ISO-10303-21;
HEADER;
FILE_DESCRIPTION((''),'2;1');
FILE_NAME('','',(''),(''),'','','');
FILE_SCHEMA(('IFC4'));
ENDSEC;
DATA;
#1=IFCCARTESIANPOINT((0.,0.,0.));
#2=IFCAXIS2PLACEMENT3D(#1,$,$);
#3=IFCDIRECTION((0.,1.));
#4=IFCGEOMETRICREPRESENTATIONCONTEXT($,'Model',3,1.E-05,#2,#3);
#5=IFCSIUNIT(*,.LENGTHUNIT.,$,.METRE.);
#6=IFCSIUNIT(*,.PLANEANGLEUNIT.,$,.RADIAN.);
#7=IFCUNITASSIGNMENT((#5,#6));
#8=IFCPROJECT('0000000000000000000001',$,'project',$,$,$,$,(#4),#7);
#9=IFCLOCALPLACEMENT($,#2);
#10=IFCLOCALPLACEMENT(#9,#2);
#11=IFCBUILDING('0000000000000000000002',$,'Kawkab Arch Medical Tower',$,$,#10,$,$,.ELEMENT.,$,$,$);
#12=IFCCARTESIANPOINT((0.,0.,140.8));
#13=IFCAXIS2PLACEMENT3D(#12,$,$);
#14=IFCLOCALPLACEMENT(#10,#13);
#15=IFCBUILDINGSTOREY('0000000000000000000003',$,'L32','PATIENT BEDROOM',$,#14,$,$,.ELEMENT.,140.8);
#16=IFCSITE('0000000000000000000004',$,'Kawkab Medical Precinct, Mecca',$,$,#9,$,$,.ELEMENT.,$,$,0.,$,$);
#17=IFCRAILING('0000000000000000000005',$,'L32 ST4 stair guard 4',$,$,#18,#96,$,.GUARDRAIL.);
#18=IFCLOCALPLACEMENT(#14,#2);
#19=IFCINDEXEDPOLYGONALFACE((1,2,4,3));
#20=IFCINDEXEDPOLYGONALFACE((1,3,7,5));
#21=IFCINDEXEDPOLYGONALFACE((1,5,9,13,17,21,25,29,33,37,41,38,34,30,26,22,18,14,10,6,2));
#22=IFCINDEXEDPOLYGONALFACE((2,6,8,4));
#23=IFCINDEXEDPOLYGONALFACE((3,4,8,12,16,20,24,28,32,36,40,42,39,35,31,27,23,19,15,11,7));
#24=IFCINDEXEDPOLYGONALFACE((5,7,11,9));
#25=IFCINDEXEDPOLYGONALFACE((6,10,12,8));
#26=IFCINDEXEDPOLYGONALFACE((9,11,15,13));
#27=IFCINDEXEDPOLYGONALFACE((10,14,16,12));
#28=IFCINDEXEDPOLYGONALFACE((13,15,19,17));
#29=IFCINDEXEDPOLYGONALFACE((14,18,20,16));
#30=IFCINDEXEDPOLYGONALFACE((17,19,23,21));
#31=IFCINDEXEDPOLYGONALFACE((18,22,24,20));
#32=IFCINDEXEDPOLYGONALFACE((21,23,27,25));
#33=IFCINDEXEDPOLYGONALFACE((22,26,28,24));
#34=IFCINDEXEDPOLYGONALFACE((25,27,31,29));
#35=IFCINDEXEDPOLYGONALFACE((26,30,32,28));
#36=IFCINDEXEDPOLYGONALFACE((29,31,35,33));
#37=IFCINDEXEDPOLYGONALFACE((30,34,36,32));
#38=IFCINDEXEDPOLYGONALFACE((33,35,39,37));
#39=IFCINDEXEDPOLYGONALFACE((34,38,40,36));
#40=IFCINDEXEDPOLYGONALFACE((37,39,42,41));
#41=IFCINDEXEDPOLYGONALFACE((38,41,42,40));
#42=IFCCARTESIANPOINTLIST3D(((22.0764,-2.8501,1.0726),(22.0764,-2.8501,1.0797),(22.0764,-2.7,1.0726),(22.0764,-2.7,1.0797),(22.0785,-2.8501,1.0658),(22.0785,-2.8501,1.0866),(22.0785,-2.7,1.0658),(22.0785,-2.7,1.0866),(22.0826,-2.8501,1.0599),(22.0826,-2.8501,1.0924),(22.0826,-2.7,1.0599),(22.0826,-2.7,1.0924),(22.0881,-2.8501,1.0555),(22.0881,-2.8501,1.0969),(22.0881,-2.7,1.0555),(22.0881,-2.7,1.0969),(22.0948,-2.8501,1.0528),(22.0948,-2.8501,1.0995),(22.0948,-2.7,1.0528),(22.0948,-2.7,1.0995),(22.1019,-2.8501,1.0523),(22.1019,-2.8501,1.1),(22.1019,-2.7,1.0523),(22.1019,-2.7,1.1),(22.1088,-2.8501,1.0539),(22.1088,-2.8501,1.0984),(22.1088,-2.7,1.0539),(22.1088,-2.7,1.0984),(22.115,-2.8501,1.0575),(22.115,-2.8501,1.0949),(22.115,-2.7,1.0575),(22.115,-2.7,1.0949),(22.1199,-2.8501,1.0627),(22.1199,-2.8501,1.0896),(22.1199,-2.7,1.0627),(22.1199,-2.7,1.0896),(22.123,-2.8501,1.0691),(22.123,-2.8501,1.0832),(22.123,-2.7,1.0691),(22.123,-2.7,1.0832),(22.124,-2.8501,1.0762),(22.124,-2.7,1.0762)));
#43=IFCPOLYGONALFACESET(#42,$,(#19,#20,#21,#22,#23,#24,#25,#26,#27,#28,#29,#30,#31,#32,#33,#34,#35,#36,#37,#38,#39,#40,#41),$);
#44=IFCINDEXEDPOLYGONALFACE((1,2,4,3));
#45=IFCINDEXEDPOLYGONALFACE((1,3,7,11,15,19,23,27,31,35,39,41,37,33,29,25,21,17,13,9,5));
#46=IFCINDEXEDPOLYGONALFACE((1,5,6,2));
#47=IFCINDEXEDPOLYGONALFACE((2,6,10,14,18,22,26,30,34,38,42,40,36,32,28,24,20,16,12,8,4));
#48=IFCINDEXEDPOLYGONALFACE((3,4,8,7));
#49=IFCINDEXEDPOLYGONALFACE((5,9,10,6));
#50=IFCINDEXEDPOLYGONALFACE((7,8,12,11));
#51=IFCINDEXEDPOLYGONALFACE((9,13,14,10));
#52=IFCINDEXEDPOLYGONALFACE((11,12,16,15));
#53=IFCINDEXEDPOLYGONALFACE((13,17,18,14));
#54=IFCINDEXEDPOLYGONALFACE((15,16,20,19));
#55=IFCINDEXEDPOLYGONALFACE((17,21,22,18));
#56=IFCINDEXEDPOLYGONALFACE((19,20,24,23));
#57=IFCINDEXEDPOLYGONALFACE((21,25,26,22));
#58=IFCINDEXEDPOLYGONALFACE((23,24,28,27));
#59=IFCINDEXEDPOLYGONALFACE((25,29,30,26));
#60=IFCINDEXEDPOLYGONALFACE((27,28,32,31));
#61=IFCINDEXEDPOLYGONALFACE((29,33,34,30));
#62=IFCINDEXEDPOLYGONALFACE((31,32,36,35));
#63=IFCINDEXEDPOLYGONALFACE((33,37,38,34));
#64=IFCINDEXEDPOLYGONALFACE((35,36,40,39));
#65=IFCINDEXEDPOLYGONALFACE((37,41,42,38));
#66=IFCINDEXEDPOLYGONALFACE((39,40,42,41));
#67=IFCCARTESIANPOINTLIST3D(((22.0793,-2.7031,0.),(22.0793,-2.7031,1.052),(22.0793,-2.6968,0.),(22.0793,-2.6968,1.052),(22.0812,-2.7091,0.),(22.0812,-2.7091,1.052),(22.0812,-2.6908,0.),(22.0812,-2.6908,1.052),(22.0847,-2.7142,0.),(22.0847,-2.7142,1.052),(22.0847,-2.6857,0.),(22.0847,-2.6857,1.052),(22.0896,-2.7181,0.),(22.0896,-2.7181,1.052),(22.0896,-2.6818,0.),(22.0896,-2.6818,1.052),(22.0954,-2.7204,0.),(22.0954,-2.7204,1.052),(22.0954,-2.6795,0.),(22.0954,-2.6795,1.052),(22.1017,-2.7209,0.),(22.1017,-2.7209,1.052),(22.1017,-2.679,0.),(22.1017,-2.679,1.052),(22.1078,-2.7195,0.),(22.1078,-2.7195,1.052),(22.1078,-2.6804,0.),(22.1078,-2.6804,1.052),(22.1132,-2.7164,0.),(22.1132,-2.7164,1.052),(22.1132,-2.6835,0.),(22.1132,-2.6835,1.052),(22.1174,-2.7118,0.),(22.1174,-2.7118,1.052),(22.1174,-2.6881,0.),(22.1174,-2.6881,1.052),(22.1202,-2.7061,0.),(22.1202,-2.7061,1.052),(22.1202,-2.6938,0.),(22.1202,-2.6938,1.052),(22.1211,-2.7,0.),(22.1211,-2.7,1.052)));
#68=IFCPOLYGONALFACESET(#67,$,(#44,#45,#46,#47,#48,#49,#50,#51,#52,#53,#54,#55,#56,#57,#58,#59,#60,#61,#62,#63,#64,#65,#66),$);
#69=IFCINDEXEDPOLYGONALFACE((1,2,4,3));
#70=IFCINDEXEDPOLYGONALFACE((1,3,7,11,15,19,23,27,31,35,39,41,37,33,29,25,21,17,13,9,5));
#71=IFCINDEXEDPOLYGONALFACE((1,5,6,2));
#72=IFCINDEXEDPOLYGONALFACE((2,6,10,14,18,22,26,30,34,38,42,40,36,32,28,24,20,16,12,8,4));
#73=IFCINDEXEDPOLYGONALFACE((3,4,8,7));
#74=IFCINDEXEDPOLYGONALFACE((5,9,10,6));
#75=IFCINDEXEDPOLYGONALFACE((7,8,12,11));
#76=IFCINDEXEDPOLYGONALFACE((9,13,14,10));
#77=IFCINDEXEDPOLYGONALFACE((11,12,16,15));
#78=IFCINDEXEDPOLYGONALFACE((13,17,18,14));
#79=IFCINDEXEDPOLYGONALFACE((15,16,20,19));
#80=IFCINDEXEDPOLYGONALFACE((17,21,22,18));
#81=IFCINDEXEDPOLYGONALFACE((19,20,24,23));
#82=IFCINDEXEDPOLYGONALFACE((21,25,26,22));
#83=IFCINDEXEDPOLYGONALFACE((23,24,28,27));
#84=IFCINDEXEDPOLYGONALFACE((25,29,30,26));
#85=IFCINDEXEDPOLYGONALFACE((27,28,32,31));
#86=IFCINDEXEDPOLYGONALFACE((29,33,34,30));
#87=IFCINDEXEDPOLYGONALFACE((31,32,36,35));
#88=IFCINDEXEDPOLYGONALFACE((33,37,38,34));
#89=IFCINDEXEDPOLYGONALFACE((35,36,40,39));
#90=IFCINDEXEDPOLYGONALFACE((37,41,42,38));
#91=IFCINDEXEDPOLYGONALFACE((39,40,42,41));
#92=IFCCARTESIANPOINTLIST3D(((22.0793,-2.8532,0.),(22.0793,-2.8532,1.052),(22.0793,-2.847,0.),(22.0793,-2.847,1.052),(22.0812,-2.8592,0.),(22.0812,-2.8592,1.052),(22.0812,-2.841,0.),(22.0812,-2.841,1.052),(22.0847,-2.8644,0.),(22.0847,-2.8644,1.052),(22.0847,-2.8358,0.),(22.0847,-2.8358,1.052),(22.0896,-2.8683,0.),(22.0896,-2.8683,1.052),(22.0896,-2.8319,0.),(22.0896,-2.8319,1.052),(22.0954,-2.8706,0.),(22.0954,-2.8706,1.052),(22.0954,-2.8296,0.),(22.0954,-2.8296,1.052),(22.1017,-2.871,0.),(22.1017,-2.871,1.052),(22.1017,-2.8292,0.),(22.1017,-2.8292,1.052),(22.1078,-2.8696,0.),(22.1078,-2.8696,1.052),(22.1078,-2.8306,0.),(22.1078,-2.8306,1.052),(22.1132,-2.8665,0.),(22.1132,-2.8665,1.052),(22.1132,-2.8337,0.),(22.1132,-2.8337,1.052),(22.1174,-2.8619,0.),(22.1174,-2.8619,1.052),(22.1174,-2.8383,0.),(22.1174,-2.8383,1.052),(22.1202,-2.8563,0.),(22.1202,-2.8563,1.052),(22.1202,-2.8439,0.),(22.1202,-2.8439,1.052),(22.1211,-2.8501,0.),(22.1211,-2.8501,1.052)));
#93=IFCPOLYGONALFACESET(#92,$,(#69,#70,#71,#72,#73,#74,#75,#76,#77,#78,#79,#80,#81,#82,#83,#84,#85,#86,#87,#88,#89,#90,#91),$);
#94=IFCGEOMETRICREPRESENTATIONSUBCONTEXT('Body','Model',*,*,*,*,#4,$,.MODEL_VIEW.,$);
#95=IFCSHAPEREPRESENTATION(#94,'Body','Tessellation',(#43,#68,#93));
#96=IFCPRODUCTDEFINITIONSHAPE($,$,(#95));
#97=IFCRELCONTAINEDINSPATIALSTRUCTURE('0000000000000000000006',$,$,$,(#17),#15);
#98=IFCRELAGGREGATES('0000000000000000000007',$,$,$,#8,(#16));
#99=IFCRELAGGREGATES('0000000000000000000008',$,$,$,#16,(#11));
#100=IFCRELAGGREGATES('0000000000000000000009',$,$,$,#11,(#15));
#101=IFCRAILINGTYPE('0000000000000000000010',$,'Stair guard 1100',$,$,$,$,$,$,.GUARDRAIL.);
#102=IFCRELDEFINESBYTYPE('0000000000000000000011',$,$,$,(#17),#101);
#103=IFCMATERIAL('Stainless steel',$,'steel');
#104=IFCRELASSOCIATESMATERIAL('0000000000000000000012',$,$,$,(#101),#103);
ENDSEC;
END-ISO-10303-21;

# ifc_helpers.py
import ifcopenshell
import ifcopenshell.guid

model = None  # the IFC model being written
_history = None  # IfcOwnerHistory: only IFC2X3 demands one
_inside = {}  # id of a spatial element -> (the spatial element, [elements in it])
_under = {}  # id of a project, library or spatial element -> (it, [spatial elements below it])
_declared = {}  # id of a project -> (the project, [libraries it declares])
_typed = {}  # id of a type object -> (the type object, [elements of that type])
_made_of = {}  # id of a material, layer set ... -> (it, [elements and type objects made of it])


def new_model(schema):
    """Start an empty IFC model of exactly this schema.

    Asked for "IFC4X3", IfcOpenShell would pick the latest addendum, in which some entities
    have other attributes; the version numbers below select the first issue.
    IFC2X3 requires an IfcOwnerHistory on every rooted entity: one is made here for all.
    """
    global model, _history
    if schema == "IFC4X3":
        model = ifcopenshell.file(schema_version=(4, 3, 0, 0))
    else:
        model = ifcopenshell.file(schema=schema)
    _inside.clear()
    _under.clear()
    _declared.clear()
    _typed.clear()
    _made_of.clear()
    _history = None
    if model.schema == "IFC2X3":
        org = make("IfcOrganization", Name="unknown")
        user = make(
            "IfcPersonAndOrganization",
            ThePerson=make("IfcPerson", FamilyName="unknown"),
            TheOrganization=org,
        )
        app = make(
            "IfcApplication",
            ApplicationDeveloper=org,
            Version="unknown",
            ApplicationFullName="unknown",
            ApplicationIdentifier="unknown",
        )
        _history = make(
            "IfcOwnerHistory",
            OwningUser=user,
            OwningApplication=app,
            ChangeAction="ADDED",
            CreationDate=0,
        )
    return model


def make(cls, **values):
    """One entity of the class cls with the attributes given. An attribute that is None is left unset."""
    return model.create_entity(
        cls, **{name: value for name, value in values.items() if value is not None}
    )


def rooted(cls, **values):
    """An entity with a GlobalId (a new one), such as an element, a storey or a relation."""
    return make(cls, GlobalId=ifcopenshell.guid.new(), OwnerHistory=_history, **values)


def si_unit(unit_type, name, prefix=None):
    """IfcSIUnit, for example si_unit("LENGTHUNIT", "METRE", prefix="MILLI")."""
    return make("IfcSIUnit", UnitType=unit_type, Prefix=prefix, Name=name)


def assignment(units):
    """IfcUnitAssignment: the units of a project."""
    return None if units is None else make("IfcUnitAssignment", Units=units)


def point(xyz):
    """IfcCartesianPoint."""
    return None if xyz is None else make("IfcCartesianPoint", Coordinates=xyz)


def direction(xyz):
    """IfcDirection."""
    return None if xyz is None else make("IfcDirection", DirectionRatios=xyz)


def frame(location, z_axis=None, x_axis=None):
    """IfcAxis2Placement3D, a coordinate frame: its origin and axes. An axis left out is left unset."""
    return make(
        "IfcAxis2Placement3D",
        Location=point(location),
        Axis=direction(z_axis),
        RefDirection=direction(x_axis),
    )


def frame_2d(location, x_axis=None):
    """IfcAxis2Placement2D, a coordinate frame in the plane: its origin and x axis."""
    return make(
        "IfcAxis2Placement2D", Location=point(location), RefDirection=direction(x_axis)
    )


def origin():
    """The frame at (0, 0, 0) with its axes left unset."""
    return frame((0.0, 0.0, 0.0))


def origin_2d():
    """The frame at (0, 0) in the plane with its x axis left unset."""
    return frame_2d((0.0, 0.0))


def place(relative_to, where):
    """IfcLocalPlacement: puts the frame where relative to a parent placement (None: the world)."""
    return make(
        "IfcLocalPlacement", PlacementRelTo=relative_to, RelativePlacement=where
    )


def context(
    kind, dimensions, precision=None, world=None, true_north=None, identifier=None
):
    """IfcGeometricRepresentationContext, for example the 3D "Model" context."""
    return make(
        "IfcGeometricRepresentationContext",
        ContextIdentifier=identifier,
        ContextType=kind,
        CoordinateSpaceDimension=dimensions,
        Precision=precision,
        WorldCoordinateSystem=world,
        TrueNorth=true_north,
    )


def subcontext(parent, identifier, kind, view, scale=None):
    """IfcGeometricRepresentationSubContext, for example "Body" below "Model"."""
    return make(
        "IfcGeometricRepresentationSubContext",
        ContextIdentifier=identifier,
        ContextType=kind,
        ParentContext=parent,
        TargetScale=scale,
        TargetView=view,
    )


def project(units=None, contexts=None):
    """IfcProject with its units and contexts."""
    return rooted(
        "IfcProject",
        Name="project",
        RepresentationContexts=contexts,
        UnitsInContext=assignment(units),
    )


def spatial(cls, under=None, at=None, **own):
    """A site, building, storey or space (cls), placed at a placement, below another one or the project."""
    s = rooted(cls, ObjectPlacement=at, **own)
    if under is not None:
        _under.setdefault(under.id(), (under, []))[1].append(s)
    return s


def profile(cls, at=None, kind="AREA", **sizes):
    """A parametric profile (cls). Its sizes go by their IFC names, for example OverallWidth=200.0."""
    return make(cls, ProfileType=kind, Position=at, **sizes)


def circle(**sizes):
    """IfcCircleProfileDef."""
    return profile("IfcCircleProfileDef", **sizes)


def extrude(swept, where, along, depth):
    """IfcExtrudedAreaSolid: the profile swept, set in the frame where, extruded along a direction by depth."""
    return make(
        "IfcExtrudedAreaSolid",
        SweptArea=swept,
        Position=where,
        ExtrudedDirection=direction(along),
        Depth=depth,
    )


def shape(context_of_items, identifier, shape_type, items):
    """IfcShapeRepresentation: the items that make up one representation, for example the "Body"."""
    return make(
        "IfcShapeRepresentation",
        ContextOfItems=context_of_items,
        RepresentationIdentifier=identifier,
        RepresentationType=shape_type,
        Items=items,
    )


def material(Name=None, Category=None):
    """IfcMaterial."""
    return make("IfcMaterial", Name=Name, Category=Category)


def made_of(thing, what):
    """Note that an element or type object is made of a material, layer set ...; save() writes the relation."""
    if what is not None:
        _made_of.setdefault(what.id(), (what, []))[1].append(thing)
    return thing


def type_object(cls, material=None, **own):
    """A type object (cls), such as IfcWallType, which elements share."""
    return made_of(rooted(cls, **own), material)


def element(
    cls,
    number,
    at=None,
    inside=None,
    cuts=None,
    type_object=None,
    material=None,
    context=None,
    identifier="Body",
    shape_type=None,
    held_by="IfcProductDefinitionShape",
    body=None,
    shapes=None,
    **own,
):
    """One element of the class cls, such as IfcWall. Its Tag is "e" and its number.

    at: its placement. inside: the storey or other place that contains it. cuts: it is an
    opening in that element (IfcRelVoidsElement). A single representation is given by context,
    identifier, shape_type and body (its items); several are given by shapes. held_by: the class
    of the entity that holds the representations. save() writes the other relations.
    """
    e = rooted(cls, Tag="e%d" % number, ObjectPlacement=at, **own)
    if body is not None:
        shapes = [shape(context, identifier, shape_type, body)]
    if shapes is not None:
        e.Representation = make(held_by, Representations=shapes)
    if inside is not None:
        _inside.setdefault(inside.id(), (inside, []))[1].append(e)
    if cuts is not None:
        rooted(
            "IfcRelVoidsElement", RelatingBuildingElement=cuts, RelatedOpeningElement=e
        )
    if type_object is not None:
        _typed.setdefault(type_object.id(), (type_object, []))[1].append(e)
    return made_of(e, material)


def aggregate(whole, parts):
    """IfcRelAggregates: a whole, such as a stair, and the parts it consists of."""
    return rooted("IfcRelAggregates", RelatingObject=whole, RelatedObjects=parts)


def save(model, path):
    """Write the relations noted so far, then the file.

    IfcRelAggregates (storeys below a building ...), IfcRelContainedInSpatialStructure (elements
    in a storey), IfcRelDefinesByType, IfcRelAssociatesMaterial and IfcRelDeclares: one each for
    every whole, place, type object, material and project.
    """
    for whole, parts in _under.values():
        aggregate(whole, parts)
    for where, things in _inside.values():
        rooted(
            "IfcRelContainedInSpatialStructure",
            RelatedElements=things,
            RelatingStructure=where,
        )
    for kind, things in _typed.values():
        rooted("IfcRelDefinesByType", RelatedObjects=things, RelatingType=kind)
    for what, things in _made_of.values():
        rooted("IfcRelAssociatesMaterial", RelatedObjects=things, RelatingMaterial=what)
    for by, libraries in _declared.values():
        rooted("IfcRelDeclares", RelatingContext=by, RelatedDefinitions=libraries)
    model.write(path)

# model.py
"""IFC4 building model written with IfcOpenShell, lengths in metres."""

from ifc_helpers import new_model, si_unit, direction, frame, origin, origin_2d, place, context, subcontext, project, spatial, circle, extrude, material, type_object, element, save


model = new_model("IFC4")

# Units and contexts
model_context = context("Model", 3, precision=1e-05, world=origin(), true_north=direction((0.0, 1.0)))
body_context = subcontext(model_context, "Body", "Model", "MODEL_VIEW")
ifc_project = project(units=[si_unit("LENGTHUNIT", "METRE"), si_unit("PLANEANGLEUNIT", "RADIAN")], contexts=[model_context])

# Site, building, storey
site_placement = place(None, origin())
site = spatial("IfcSite", under=ifc_project, at=site_placement, Name="Kawkab Medical Precinct, Mecca", CompositionType="ELEMENT", RefElevation=0.0)
building_placement = place(site_placement, origin())
building = spatial("IfcBuilding", under=site, at=building_placement, Name="Kawkab Arch Medical Tower", CompositionType="ELEMENT")
storey_placement = place(building_placement, frame((0.0, 0.0, 140.8)))
storey = spatial("IfcBuildingStorey", under=building, at=storey_placement, Name="L32", Description="PATIENT BEDROOM", CompositionType="ELEMENT", Elevation=140.8)

# Railing
ifc_material_1 = material(Name="Stainless steel", Category="steel")
railing_type_1 = type_object("IfcRailingType", Name="Stair guard 1100", PredefinedType="GUARDRAIL", material=ifc_material_1)
railing_1_placement = place(storey_placement, frame((22.1001, -2.7, 0.0)))
element("IfcRailing", 1, at=railing_1_placement, inside=storey, type_object=railing_type_1, Name="L32 ST4 stair guard 4", PredefinedType="GUARDRAIL", context=body_context, shape_type="SweptSolid", body=[
    extrude(circle(Radius=0.0239, at=origin_2d()), frame((0.0, 0.0, 1.0762), z_axis=(0.0, -1.0, 0.0), x_axis=(1.0, 0.0, 0.0)), (0.0, 0.0, 1.0), 0.1501),
    extrude(circle(Radius=0.021, at=origin_2d()), origin(), (0.0, 0.0, 1.0), 1.052),
    extrude(circle(Radius=0.021, at=origin_2d()), frame((0.0, -0.1501, 0.0)), (0.0, 0.0, 1.0), 1.052),
])

save(model, "model.ifc")
